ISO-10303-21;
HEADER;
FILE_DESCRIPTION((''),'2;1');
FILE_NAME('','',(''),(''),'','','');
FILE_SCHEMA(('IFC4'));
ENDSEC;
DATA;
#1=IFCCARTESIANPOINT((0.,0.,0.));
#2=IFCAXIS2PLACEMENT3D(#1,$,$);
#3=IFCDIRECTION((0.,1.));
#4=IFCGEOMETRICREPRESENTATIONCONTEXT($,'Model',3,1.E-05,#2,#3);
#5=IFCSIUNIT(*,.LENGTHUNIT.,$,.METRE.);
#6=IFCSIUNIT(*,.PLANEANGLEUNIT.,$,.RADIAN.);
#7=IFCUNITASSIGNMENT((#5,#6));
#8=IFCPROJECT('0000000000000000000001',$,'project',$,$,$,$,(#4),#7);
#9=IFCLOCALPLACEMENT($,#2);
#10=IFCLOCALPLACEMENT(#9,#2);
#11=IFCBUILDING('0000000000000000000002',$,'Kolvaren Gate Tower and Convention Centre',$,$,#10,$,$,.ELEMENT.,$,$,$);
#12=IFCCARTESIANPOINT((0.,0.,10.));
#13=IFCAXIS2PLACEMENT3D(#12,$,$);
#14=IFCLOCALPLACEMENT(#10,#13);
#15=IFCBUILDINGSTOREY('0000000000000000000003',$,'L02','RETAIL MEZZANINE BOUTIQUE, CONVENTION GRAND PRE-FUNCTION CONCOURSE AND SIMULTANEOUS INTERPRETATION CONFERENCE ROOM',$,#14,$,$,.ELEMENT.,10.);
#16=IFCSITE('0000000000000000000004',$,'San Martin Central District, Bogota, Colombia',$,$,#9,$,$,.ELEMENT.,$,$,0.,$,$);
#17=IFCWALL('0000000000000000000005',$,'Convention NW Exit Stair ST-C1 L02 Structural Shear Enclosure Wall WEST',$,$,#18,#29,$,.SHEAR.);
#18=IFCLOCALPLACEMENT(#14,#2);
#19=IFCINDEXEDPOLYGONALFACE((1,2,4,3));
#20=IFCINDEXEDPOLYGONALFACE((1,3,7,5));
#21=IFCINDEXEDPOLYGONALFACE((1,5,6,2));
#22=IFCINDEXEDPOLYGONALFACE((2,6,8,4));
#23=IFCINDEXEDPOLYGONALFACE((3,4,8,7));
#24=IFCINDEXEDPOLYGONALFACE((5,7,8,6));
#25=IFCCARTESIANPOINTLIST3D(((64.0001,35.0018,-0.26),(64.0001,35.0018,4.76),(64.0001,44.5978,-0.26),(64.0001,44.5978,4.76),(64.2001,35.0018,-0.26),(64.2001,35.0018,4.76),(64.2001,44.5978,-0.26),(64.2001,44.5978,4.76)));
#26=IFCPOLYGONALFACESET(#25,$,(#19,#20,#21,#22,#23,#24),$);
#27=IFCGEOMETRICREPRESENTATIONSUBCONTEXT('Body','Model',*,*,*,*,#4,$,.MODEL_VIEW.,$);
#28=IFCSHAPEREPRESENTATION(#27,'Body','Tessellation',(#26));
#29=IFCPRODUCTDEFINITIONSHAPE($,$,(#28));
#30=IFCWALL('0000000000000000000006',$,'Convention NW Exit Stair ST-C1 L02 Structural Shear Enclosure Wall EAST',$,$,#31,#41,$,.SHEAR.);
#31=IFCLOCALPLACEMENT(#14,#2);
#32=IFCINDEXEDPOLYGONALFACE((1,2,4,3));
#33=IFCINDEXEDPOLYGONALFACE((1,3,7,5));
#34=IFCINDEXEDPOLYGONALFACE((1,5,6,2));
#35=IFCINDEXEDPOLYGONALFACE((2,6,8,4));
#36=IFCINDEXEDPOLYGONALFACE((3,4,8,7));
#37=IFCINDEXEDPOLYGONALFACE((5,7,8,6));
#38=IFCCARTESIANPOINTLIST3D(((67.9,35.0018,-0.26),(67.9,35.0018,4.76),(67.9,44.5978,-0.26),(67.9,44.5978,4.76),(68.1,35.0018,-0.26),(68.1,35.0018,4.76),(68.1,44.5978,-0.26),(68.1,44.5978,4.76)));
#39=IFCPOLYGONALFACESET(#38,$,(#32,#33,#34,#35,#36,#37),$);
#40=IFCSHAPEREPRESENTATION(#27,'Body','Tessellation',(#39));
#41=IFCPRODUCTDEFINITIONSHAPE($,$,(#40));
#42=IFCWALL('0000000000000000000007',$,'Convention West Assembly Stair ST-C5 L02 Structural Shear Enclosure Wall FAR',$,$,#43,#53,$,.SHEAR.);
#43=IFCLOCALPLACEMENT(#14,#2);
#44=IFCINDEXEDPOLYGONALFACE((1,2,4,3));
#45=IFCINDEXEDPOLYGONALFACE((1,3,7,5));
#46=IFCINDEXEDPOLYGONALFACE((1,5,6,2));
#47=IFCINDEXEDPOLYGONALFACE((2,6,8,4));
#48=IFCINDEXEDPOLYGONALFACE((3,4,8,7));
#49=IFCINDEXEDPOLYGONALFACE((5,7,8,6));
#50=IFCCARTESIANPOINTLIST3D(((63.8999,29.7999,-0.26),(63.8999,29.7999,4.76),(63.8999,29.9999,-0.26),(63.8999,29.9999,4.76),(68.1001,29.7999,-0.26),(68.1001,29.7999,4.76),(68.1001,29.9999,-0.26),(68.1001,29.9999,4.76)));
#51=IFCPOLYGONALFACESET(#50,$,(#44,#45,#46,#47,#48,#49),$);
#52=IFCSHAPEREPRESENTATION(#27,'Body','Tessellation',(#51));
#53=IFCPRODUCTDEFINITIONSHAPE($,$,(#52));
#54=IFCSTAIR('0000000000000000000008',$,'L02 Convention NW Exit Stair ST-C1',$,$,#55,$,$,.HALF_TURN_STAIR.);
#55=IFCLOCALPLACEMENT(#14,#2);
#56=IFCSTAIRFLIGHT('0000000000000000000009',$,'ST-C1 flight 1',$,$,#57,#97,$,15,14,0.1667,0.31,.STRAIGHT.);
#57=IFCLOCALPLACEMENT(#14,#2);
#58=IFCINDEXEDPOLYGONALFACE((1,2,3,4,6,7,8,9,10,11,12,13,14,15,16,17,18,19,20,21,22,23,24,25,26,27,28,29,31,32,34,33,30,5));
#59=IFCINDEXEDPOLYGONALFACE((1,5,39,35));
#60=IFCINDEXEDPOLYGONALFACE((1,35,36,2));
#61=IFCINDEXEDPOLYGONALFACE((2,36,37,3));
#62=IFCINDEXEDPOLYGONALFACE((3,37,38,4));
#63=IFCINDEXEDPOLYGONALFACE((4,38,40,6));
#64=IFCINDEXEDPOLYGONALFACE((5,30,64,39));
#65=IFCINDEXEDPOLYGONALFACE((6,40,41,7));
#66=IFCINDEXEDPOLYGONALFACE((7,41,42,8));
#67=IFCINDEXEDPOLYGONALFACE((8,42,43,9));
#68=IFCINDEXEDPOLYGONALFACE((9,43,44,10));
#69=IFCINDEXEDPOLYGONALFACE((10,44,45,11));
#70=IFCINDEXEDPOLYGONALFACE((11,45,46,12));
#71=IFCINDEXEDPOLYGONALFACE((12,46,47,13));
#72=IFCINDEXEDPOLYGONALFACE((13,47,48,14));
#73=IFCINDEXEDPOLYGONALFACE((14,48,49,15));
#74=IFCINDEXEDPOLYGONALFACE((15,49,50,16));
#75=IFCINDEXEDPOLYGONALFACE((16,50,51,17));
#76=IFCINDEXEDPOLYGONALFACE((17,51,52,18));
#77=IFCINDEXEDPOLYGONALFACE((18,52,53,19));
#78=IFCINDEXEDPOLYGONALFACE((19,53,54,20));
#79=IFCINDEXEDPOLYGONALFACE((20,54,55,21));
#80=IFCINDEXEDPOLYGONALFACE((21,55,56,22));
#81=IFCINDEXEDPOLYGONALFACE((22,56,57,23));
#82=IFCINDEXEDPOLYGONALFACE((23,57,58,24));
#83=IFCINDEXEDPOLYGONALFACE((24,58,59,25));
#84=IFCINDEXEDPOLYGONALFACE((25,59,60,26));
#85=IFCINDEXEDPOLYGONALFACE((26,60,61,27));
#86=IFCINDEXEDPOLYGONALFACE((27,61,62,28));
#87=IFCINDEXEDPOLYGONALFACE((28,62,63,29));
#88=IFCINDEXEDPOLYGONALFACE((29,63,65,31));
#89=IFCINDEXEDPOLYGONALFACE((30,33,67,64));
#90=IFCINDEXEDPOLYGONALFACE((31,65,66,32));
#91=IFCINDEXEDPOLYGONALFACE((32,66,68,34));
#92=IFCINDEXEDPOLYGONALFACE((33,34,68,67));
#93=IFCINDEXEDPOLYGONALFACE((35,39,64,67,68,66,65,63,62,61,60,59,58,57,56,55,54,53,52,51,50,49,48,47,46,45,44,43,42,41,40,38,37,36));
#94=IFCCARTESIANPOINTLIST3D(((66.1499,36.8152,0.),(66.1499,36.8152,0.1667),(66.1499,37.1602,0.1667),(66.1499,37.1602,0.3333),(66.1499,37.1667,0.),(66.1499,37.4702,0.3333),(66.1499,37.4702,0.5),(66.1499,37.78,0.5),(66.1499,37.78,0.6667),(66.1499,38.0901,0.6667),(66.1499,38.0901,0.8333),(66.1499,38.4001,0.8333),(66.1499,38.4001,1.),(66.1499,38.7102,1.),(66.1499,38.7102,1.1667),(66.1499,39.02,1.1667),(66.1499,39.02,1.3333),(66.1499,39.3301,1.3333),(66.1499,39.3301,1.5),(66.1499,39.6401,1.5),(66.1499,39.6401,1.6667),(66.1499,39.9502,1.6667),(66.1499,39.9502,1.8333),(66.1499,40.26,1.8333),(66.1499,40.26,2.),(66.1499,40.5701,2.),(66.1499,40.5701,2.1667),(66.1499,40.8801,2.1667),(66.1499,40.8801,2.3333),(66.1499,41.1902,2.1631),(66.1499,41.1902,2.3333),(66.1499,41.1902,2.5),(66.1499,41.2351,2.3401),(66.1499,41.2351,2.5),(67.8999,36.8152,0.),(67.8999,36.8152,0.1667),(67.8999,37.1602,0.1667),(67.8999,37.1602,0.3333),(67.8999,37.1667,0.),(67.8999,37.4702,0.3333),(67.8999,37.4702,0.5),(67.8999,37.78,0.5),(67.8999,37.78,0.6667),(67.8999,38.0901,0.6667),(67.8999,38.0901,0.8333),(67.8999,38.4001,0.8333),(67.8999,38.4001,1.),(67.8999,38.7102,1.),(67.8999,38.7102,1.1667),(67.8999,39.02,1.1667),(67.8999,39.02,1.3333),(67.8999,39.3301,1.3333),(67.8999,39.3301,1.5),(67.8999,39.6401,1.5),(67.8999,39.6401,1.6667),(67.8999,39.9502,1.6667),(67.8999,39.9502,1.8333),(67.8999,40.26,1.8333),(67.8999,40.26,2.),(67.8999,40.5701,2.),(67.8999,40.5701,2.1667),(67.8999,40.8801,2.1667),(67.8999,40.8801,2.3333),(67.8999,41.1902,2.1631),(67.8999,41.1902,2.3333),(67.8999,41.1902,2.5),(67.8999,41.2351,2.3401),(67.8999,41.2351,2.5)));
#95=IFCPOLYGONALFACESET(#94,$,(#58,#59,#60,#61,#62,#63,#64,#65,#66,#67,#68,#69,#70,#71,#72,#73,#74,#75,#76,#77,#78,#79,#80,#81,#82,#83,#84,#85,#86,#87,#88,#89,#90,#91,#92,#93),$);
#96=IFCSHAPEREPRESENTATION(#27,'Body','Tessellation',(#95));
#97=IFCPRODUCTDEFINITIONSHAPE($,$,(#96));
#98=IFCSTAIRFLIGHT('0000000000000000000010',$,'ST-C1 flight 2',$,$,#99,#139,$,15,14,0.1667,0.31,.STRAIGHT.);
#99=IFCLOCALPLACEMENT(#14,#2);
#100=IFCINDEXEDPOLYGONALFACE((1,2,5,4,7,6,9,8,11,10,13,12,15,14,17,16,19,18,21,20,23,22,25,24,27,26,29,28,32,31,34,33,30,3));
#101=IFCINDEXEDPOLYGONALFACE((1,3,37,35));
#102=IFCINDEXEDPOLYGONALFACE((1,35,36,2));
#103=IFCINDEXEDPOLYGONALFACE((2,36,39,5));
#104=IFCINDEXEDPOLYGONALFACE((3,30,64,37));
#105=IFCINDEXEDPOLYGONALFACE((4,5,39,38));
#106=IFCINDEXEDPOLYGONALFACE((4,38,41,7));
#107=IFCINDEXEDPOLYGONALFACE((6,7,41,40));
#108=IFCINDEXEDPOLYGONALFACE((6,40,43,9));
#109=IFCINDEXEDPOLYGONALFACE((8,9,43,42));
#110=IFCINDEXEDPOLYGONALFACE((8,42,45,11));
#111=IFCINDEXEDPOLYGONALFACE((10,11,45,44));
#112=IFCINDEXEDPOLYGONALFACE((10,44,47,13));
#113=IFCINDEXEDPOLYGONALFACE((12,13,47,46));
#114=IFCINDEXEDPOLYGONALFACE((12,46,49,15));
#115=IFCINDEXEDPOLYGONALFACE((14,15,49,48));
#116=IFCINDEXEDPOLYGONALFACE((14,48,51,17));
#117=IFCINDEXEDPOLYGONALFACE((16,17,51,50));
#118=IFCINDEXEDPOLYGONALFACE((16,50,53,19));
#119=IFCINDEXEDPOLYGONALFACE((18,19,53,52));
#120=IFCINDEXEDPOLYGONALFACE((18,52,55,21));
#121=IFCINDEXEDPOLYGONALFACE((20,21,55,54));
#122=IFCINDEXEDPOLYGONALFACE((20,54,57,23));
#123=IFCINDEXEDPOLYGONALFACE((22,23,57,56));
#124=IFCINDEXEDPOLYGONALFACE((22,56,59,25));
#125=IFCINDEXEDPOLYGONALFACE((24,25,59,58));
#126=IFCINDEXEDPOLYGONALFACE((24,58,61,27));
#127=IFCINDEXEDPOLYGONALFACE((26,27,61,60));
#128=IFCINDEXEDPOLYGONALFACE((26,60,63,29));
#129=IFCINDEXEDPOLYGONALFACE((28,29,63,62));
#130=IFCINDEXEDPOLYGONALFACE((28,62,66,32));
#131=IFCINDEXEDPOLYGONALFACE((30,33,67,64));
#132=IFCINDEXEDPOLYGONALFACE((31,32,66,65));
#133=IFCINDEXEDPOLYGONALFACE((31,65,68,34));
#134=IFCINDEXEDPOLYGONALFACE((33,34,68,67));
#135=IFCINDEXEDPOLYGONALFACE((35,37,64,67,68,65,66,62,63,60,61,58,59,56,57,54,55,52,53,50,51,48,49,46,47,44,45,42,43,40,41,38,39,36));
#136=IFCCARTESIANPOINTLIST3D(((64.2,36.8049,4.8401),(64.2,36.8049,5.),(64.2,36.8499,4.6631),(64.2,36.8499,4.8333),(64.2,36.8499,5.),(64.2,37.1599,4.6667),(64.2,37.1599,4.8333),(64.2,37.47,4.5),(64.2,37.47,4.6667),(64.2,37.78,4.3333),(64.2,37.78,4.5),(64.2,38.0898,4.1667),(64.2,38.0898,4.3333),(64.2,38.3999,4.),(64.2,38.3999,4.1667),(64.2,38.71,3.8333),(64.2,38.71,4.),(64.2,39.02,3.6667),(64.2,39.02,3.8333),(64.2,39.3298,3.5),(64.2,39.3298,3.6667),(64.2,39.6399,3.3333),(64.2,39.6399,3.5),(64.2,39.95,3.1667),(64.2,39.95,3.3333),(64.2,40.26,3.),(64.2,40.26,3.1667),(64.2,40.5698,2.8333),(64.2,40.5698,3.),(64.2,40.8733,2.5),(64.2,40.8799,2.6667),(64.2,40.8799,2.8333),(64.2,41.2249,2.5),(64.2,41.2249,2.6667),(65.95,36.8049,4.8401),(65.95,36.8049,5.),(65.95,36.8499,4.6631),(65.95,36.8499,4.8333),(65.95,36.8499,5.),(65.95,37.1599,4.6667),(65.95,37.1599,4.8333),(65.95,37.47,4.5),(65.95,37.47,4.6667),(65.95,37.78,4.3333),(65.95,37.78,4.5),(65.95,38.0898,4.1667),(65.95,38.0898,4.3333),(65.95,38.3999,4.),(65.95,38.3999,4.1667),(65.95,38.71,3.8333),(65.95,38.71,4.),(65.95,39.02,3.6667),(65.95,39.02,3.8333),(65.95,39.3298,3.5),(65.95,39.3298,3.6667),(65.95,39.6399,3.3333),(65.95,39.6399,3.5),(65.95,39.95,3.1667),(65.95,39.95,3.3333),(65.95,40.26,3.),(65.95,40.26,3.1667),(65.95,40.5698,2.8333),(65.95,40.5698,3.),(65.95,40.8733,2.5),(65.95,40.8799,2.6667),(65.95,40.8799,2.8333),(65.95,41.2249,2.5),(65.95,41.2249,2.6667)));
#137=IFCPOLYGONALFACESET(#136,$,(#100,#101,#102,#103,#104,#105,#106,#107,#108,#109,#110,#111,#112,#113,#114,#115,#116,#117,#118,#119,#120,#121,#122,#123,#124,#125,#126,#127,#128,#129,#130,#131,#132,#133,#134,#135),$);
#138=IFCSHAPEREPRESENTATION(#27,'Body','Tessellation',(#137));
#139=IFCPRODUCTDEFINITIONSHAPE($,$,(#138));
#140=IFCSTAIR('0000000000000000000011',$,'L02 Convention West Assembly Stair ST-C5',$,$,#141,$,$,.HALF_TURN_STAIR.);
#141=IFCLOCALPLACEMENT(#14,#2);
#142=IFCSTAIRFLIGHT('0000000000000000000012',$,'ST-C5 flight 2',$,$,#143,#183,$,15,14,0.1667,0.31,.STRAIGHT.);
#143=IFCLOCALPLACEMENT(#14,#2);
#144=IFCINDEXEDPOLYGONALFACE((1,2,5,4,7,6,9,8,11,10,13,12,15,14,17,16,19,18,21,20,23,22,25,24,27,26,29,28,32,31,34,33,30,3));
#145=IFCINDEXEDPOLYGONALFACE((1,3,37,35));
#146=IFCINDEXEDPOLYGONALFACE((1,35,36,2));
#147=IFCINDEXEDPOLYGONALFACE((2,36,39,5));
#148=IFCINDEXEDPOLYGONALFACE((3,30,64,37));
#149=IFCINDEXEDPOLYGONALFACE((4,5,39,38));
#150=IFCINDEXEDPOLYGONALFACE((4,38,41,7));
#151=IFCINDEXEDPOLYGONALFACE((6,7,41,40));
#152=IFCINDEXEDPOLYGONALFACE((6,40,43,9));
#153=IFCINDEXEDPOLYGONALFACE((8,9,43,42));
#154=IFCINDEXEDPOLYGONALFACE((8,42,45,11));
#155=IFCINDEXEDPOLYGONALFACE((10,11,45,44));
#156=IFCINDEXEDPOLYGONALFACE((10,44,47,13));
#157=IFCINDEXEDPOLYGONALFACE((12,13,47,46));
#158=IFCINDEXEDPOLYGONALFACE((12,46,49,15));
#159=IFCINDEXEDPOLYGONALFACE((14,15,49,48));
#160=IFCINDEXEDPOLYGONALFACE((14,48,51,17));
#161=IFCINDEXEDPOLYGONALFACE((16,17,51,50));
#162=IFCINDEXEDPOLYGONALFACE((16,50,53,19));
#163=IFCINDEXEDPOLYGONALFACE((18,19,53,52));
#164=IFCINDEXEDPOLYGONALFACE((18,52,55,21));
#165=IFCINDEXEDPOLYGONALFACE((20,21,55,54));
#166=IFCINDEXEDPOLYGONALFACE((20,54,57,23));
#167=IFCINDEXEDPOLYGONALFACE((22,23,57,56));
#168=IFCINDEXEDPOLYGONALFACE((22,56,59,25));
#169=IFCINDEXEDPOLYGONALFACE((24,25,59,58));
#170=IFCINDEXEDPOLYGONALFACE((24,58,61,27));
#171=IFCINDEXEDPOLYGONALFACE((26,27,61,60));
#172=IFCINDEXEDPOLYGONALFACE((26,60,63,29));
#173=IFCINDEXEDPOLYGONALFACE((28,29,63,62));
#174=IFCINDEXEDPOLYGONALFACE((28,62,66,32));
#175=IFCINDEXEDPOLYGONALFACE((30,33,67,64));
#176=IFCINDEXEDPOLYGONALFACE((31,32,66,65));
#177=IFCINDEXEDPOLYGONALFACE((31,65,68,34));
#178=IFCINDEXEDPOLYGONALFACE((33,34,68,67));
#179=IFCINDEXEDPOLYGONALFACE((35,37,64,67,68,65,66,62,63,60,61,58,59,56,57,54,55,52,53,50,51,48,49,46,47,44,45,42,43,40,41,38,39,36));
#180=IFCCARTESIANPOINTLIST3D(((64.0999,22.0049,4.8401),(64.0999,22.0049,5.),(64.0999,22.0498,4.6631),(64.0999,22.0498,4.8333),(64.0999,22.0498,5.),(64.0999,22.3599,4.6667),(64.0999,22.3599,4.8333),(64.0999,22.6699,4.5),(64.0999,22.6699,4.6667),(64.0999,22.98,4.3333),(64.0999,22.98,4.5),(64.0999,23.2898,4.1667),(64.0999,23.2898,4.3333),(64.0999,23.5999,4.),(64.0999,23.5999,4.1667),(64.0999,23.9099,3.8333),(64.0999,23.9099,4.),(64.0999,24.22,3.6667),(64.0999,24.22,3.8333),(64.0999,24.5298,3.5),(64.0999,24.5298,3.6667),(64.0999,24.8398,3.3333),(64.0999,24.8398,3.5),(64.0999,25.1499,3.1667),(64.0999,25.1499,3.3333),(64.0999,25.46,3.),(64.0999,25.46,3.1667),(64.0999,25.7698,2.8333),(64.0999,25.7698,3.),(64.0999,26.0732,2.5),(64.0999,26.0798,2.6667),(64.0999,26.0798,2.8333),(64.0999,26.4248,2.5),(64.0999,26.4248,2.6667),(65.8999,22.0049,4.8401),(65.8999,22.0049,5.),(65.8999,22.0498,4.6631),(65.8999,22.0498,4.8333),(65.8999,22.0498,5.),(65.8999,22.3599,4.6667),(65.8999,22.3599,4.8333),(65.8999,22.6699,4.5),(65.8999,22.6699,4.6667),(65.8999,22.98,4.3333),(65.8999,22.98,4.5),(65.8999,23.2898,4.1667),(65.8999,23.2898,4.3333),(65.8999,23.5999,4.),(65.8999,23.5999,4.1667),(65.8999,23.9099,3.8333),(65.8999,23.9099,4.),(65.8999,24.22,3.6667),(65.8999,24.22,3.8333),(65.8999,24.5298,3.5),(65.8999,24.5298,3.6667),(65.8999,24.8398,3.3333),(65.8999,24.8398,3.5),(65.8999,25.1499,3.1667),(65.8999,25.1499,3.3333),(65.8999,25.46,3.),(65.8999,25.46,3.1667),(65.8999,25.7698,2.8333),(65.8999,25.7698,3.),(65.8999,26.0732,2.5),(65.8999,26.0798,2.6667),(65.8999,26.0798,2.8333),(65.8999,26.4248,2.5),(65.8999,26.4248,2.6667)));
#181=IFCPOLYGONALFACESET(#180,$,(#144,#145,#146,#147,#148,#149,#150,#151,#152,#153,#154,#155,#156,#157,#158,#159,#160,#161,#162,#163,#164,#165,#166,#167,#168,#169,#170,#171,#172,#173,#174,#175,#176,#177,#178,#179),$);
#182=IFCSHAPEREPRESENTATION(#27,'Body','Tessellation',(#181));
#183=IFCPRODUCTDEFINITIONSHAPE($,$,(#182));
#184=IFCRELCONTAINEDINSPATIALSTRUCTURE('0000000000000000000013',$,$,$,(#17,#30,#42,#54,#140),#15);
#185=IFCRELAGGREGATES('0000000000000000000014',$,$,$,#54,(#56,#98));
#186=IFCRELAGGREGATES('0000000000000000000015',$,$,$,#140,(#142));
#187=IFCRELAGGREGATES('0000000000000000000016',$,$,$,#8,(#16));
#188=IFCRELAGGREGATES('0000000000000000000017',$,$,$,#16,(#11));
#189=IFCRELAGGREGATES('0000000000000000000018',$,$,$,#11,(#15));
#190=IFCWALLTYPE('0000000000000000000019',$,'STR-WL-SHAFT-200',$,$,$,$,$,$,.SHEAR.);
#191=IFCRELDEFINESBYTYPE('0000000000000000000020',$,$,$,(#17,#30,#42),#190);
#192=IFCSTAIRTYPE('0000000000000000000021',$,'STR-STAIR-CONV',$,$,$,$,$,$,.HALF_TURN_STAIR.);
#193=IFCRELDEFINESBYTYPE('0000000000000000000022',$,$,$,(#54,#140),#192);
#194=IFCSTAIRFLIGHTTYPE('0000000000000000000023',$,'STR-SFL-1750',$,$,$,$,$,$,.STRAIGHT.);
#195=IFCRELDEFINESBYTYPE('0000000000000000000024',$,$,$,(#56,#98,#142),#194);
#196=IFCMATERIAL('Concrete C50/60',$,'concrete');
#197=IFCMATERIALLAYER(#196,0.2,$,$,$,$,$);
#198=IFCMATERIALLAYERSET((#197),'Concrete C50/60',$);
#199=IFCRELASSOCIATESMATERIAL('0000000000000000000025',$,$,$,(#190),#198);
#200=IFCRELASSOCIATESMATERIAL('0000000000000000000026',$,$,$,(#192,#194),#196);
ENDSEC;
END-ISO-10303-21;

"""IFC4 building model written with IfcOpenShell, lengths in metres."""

from ifc_helpers import new_model, si_unit, direction, frame, frame_2d, origin, place, context, subcontext, project, spatial, polyline, rectangle, outline, extrude, material, layer, layer_set, type_object, element, aggregate, save


model = new_model("IFC4")

# Units and contexts
model_context = context("Model", 3, precision=1e-05, world=origin(), true_north=direction((0.0, 1.0)))
body_context = subcontext(model_context, "Body", "Model", "MODEL_VIEW")
ifc_project = project(units=[si_unit("LENGTHUNIT", "METRE"), si_unit("PLANEANGLEUNIT", "RADIAN")], contexts=[model_context])

# Site, building, storey
site_placement = place(None, origin())
site = spatial("IfcSite", under=ifc_project, at=site_placement, Name="San Martin Central District, Bogota, Colombia", CompositionType="ELEMENT", RefElevation=0.0)
building_placement = place(site_placement, origin())
building = spatial("IfcBuilding", under=site, at=building_placement, Name="Kolvaren Gate Tower and Convention Centre", CompositionType="ELEMENT")
storey_placement = place(building_placement, frame((0.0, 0.0, 10.0)))
storey = spatial("IfcBuildingStorey", under=building, at=storey_placement, Name="L02", Description="RETAIL MEZZANINE BOUTIQUE, CONVENTION GRAND PRE-FUNCTION CONCOURSE AND SIMULTANEOUS INTERPRETATION CONFERENCE ROOM", CompositionType="ELEMENT", Elevation=10.0)

# Shared definitions
ifc_material_1 = material(Name="Concrete C50/60", Category="concrete")
ifc_layer_1 = layer(ifc_material_1, 0.2)
ifc_layer_set_1 = layer_set([ifc_layer_1], Name="Concrete C50/60")
wall_type_1 = type_object("IfcWallType", Name="STR-WL-SHAFT-200", PredefinedType="SHEAR", material=ifc_layer_set_1)

# Walls
for number, where, z_axis, x_axis, name in (
    (1, (64.1001, 35.002, -0.26), (0.0, 0.0, 1.0), (0.0, 1.0, 0.0), "Convention NW Exit Stair ST-C1 L02 Structural Shear Enclosure Wall WEST"),
    (2, (68.0, 35.002, -0.26), (0.0, 0.0, 1.0), (0.0, 1.0, 0.0), "Convention NW Exit Stair ST-C1 L02 Structural Shear Enclosure Wall EAST"),
):
    element("IfcWall", number, at=place(storey_placement, frame(where, z_axis=z_axis, x_axis=x_axis)), inside=storey, type_object=wall_type_1, Name=name, PredefinedType="SHEAR", context=body_context, shape_type="SweptSolid", body=[
        extrude(rectangle(XDim=9.5959, YDim=0.2, at=frame_2d((4.7979, 0.0))), origin(), (0.0, 0.0, 1.0), 5.02),
    ])
wall_1_placement = place(storey_placement, frame((63.8999, 29.8999, -0.26), z_axis=(0.0, 0.0, 1.0), x_axis=(1.0, 0.0, 0.0)))
element("IfcWall", 3, at=wall_1_placement, inside=storey, type_object=wall_type_1, Name="Convention West Assembly Stair ST-C5 L02 Structural Shear Enclosure Wall FAR", PredefinedType="SHEAR", context=body_context, shape_type="SweptSolid", body=[
    extrude(rectangle(XDim=4.2002, YDim=0.2, at=frame_2d((2.1001, 0.0))), origin(), (0.0, 0.0, 1.0), 5.02),
])

# Stair, stair flights
stair_type = type_object("IfcStairType", Name="STR-STAIR-CONV", PredefinedType="HALF_TURN_STAIR", material=ifc_material_1)
stair_1_placement = place(storey_placement, origin())
stair_1 = element("IfcStair", 4, at=stair_1_placement, inside=storey, type_object=stair_type, Name="L02 Convention NW Exit Stair ST-C1", PredefinedType="HALF_TURN_STAIR")
stair_flight_type = type_object("IfcStairFlightType", Name="STR-SFL-1750", PredefinedType="STRAIGHT", material=ifc_material_1)
stair_flight_1_placement = place(storey_placement, frame((67.0249, 36.8501, 0.0), z_axis=(0.0, 0.0, 1.0), x_axis=(0.0, 1.0, 0.0)))
stair_flight_1 = element("IfcStairFlight", 5, at=stair_flight_1_placement, type_object=stair_flight_type, Name="ST-C1 flight 1", NumberOfRisers=15, NumberOfTreads=14, PredefinedType="STRAIGHT", RiserHeight=0.1667, TreadLength=0.31, context=body_context, shape_type="SweptSolid", body=[
    extrude(outline(polyline([(-0.0349, 0.0), (-0.0349, 0.1667), (0.3101, 0.1667), (0.3101, 0.3333), (0.6201, 0.3333), (0.6201, 0.5), (0.9299, 0.5), (0.9299, 0.6667), (1.24, 0.6667), (1.24, 0.8333), (1.55, 0.8333), (1.55, 1.0), (1.8601, 1.0), (1.8601, 1.1667), (2.1699, 1.1667), (2.1699, 1.3333), (2.48, 1.3333), (2.48, 1.5), (2.79, 1.5), (2.79, 1.6667), (3.1001, 1.6667), (3.1001, 1.8333), (3.4099, 1.8333), (3.4099, 2.0), (3.72, 2.0), (3.72, 2.1667), (4.03, 2.1667), (4.03, 2.3333), (4.3401, 2.3333), (4.3401, 2.5), (4.385, 2.5), (4.385, 2.3401), (4.3401, 2.1631), (0.3167, 0.0), (-0.0349, 0.0)])), frame((0.0, 0.875, 0.0), z_axis=(0.0, -1.0, 0.0), x_axis=(1.0, 0.0, 0.0)), (0.0, 0.0, 1.0), 1.75),
])
stair_flight_2_placement = place(storey_placement, frame((65.075, 41.1899, 2.5), z_axis=(0.0, 0.0, 1.0), x_axis=(0.0, -1.0, 0.0)))
stair_flight_2 = element("IfcStairFlight", 6, at=stair_flight_2_placement, type_object=stair_flight_type, Name="ST-C1 flight 2", NumberOfRisers=15, NumberOfTreads=14, PredefinedType="STRAIGHT", RiserHeight=0.1667, TreadLength=0.31, context=body_context, shape_type="SweptSolid", body=[
    extrude(outline(polyline([(-0.0349, 0.0), (-0.0349, 0.1667), (0.3101, 0.1667), (0.3101, 0.3333), (0.6201, 0.3333), (0.6201, 0.5), (0.9299, 0.5), (0.9299, 0.6667), (1.24, 0.6667), (1.24, 0.8333), (1.55, 0.8333), (1.55, 1.0), (1.8601, 1.0), (1.8601, 1.1667), (2.1699, 1.1667), (2.1699, 1.3333), (2.48, 1.3333), (2.48, 1.5), (2.79, 1.5), (2.79, 1.6667), (3.1001, 1.6667), (3.1001, 1.8333), (3.4099, 1.8333), (3.4099, 2.0), (3.72, 2.0), (3.72, 2.1667), (4.03, 2.1667), (4.03, 2.3333), (4.3401, 2.3333), (4.3401, 2.5), (4.385, 2.5), (4.385, 2.3401), (4.3401, 2.1631), (0.3167, 0.0), (-0.0349, 0.0)])), frame((0.0, 0.875, 0.0), z_axis=(0.0, -1.0, 0.0), x_axis=(1.0, 0.0, 0.0)), (0.0, 0.0, 1.0), 1.75),
])
aggregate(stair_1, [stair_flight_1, stair_flight_2])

# Stair, stair flight
stair_2_placement = place(storey_placement, origin())
stair_2 = element("IfcStair", 7, at=stair_2_placement, inside=storey, type_object=stair_type, Name="L02 Convention West Assembly Stair ST-C5", PredefinedType="HALF_TURN_STAIR")
stair_flight_3_placement = place(storey_placement, frame((65.0, 26.3899, 2.5), z_axis=(0.0, 0.0, 1.0), x_axis=(0.0, -1.0, 0.0)))
stair_flight_3 = element("IfcStairFlight", 8, at=stair_flight_3_placement, type_object=stair_flight_type, Name="ST-C5 flight 2", NumberOfRisers=15, NumberOfTreads=14, PredefinedType="STRAIGHT", RiserHeight=0.1667, TreadLength=0.31, context=body_context, shape_type="SweptSolid", body=[
    extrude(outline(polyline([(-0.0349, 0.0), (-0.0349, 0.1667), (0.3101, 0.1667), (0.3101, 0.3333), (0.6201, 0.3333), (0.6201, 0.5), (0.9299, 0.5), (0.9299, 0.6667), (1.24, 0.6667), (1.24, 0.8333), (1.55, 0.8333), (1.55, 1.0), (1.8601, 1.0), (1.8601, 1.1667), (2.1699, 1.1667), (2.1699, 1.3333), (2.48, 1.3333), (2.48, 1.5), (2.79, 1.5), (2.79, 1.6667), (3.1001, 1.6667), (3.1001, 1.8333), (3.4099, 1.8333), (3.4099, 2.0), (3.72, 2.0), (3.72, 2.1667), (4.03, 2.1667), (4.03, 2.3333), (4.3401, 2.3333), (4.3401, 2.5), (4.385, 2.5), (4.385, 2.3401), (4.3401, 2.1631), (0.3167, 0.0), (-0.0349, 0.0)])), frame((0.0, 0.8999, 0.0), z_axis=(0.0, -1.0, 0.0), x_axis=(1.0, 0.0, 0.0)), (0.0, 0.0, 1.0), 1.8),
])
aggregate(stair_2, [stair_flight_3])

save(model, "model.ifc")
